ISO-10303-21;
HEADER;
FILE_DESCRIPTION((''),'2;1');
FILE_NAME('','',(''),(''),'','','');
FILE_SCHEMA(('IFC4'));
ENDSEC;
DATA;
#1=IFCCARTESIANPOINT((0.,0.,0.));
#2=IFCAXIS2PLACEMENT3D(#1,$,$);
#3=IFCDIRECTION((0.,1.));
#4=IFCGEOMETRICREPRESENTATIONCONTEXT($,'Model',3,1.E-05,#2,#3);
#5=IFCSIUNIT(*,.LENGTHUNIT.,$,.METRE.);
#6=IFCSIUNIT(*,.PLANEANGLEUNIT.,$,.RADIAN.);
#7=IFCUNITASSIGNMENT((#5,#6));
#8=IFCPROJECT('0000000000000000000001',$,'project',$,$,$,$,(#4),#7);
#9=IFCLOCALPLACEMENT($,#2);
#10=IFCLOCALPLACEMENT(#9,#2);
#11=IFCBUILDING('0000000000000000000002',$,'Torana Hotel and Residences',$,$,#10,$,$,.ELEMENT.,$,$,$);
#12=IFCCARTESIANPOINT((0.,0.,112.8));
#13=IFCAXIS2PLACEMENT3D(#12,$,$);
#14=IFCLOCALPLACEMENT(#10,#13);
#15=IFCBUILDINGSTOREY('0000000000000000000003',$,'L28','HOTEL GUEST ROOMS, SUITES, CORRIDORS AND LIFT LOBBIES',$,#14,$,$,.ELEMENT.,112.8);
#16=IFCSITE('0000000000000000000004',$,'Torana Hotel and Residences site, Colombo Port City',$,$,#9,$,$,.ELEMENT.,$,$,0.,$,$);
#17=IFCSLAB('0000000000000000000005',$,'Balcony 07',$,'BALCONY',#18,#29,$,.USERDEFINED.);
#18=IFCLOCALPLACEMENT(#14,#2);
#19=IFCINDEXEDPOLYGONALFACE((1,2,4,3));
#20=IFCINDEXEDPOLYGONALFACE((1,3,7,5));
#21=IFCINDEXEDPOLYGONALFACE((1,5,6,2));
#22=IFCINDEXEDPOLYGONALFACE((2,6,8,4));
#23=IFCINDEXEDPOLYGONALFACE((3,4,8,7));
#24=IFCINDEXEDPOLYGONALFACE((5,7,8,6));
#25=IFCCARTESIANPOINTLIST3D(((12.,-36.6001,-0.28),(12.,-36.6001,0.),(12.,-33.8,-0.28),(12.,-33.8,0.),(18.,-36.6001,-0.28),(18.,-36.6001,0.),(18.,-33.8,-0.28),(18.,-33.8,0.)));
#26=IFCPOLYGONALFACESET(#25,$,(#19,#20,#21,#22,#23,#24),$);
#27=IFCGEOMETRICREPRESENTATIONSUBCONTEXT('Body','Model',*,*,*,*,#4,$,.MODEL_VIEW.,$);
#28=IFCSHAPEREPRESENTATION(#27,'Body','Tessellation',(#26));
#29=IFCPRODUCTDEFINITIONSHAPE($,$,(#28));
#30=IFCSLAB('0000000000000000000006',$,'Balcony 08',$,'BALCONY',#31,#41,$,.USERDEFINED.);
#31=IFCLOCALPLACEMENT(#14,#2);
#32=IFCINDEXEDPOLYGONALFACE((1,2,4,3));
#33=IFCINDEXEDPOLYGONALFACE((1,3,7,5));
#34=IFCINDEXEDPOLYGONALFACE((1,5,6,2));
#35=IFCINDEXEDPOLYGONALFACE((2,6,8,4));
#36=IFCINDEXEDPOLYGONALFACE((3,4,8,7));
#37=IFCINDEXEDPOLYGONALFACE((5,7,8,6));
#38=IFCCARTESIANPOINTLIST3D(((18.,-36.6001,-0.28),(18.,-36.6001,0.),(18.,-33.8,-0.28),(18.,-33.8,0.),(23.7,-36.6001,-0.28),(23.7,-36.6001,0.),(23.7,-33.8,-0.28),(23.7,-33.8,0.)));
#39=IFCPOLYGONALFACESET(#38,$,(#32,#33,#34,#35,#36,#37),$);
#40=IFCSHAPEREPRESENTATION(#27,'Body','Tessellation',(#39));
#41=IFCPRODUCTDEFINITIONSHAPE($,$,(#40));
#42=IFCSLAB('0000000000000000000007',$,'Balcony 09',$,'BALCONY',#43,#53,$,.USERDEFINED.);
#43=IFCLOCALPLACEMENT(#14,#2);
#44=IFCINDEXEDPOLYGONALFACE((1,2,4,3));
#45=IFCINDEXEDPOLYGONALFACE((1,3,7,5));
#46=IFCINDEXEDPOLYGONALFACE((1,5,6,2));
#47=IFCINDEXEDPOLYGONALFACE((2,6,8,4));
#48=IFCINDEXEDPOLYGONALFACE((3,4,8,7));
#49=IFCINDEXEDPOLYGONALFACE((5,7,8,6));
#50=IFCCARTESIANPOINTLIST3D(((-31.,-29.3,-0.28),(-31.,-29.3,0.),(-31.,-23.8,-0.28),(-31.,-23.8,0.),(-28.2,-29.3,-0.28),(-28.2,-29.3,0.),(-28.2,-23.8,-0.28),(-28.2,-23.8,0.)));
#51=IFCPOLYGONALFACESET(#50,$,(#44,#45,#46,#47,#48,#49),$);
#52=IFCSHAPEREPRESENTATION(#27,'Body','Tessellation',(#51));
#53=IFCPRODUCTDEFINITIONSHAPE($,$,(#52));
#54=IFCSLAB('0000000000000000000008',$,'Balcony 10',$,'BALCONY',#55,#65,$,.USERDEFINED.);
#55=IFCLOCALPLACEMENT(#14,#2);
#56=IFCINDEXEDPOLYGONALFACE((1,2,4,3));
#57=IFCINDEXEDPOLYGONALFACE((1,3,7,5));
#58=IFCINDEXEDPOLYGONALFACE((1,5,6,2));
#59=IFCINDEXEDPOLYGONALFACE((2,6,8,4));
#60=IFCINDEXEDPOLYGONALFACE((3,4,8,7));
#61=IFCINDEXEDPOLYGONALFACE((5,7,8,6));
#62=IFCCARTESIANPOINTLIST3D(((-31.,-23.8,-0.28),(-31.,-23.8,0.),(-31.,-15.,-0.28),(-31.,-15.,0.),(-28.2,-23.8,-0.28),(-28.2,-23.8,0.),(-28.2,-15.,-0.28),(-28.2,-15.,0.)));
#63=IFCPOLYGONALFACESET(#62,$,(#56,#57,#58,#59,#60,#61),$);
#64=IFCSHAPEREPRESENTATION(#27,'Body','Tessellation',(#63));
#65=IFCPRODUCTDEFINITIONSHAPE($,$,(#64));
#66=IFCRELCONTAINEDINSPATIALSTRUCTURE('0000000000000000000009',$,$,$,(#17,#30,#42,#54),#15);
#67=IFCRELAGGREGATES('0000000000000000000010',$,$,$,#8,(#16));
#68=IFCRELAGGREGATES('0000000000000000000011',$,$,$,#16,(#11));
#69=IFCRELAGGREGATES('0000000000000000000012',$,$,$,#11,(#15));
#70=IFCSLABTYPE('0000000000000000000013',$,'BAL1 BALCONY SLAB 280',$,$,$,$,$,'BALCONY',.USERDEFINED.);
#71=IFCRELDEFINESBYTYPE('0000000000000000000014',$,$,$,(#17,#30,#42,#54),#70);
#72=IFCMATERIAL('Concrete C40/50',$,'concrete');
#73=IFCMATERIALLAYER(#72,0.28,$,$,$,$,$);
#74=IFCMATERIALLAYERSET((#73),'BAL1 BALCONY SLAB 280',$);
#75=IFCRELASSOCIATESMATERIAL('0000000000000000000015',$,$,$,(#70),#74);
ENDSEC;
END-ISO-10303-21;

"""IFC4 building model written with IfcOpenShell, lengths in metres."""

from ifc_helpers import new_model, si_unit, direction, frame, origin, place, context, subcontext, project, spatial, polyline, outline, extrude, material, layer, layer_set, type_object, element, save


model = new_model("IFC4")

# Units and contexts
model_context = context("Model", 3, precision=1e-05, world=origin(), true_north=direction((0.0, 1.0)))
body_context = subcontext(model_context, "Body", "Model", "MODEL_VIEW")
ifc_project = project(units=[si_unit("LENGTHUNIT", "METRE"), si_unit("PLANEANGLEUNIT", "RADIAN")], contexts=[model_context])

# Site, building, storey
site_placement = place(None, origin())
site = spatial("IfcSite", under=ifc_project, at=site_placement, Name="Torana Hotel and Residences site, Colombo Port City", CompositionType="ELEMENT", RefElevation=0.0)
building_placement = place(site_placement, origin())
building = spatial("IfcBuilding", under=site, at=building_placement, Name="Torana Hotel and Residences", CompositionType="ELEMENT")
storey_placement = place(building_placement, frame((0.0, 0.0, 112.8)))
storey = spatial("IfcBuildingStorey", under=building, at=storey_placement, Name="L28", Description="HOTEL GUEST ROOMS, SUITES, CORRIDORS AND LIFT LOBBIES", CompositionType="ELEMENT", Elevation=112.8)

# Slabs
ifc_material_1 = material(Name="Concrete C40/50", Category="concrete")
ifc_layer_1 = layer(ifc_material_1, 0.28)
ifc_layer_set_1 = layer_set([ifc_layer_1], Name="BAL1 BALCONY SLAB 280")
slab_type = type_object("IfcSlabType", Name="BAL1 BALCONY SLAB 280", ElementType="BALCONY", PredefinedType="USERDEFINED", material=ifc_layer_set_1)
slab_1_placement = place(storey_placement, frame((0.0, 0.0, -0.28)))
element("IfcSlab", 1, at=slab_1_placement, inside=storey, type_object=slab_type, Name="Balcony 07", ObjectType="BALCONY", PredefinedType="USERDEFINED", context=body_context, shape_type="SweptSolid", body=[
    extrude(outline(polyline([(12.0, -36.6001), (18.0, -36.6001), (18.0, -33.8), (12.0, -33.8), (12.0, -36.6001)])), origin(), (0.0, 0.0, 1.0), 0.28),
])
slab_2_placement = place(storey_placement, frame((0.0, 0.0, -0.28)))
element("IfcSlab", 2, at=slab_2_placement, inside=storey, type_object=slab_type, Name="Balcony 08", ObjectType="BALCONY", PredefinedType="USERDEFINED", context=body_context, shape_type="SweptSolid", body=[
    extrude(outline(polyline([(18.0, -36.6001), (23.7, -36.6001), (23.7, -33.8), (18.0, -33.8), (18.0, -36.6001)])), origin(), (0.0, 0.0, 1.0), 0.28),
])
slab_3_placement = place(storey_placement, frame((0.0, 0.0, -0.28)))
element("IfcSlab", 3, at=slab_3_placement, inside=storey, type_object=slab_type, Name="Balcony 09", ObjectType="BALCONY", PredefinedType="USERDEFINED", context=body_context, shape_type="SweptSolid", body=[
    extrude(outline(polyline([(-31.0, -29.3), (-28.2, -29.3), (-28.2, -23.8), (-31.0, -23.8), (-31.0, -29.3)])), origin(), (0.0, 0.0, 1.0), 0.28),
])
slab_4_placement = place(storey_placement, frame((0.0, 0.0, -0.28)))
element("IfcSlab", 4, at=slab_4_placement, inside=storey, type_object=slab_type, Name="Balcony 10", ObjectType="BALCONY", PredefinedType="USERDEFINED", context=body_context, shape_type="SweptSolid", body=[
    extrude(outline(polyline([(-31.0, -23.8), (-28.2, -23.8), (-28.2, -15.0), (-31.0, -15.0), (-31.0, -23.8)])), origin(), (0.0, 0.0, 1.0), 0.28),
])

save(model, "model.ifc")
